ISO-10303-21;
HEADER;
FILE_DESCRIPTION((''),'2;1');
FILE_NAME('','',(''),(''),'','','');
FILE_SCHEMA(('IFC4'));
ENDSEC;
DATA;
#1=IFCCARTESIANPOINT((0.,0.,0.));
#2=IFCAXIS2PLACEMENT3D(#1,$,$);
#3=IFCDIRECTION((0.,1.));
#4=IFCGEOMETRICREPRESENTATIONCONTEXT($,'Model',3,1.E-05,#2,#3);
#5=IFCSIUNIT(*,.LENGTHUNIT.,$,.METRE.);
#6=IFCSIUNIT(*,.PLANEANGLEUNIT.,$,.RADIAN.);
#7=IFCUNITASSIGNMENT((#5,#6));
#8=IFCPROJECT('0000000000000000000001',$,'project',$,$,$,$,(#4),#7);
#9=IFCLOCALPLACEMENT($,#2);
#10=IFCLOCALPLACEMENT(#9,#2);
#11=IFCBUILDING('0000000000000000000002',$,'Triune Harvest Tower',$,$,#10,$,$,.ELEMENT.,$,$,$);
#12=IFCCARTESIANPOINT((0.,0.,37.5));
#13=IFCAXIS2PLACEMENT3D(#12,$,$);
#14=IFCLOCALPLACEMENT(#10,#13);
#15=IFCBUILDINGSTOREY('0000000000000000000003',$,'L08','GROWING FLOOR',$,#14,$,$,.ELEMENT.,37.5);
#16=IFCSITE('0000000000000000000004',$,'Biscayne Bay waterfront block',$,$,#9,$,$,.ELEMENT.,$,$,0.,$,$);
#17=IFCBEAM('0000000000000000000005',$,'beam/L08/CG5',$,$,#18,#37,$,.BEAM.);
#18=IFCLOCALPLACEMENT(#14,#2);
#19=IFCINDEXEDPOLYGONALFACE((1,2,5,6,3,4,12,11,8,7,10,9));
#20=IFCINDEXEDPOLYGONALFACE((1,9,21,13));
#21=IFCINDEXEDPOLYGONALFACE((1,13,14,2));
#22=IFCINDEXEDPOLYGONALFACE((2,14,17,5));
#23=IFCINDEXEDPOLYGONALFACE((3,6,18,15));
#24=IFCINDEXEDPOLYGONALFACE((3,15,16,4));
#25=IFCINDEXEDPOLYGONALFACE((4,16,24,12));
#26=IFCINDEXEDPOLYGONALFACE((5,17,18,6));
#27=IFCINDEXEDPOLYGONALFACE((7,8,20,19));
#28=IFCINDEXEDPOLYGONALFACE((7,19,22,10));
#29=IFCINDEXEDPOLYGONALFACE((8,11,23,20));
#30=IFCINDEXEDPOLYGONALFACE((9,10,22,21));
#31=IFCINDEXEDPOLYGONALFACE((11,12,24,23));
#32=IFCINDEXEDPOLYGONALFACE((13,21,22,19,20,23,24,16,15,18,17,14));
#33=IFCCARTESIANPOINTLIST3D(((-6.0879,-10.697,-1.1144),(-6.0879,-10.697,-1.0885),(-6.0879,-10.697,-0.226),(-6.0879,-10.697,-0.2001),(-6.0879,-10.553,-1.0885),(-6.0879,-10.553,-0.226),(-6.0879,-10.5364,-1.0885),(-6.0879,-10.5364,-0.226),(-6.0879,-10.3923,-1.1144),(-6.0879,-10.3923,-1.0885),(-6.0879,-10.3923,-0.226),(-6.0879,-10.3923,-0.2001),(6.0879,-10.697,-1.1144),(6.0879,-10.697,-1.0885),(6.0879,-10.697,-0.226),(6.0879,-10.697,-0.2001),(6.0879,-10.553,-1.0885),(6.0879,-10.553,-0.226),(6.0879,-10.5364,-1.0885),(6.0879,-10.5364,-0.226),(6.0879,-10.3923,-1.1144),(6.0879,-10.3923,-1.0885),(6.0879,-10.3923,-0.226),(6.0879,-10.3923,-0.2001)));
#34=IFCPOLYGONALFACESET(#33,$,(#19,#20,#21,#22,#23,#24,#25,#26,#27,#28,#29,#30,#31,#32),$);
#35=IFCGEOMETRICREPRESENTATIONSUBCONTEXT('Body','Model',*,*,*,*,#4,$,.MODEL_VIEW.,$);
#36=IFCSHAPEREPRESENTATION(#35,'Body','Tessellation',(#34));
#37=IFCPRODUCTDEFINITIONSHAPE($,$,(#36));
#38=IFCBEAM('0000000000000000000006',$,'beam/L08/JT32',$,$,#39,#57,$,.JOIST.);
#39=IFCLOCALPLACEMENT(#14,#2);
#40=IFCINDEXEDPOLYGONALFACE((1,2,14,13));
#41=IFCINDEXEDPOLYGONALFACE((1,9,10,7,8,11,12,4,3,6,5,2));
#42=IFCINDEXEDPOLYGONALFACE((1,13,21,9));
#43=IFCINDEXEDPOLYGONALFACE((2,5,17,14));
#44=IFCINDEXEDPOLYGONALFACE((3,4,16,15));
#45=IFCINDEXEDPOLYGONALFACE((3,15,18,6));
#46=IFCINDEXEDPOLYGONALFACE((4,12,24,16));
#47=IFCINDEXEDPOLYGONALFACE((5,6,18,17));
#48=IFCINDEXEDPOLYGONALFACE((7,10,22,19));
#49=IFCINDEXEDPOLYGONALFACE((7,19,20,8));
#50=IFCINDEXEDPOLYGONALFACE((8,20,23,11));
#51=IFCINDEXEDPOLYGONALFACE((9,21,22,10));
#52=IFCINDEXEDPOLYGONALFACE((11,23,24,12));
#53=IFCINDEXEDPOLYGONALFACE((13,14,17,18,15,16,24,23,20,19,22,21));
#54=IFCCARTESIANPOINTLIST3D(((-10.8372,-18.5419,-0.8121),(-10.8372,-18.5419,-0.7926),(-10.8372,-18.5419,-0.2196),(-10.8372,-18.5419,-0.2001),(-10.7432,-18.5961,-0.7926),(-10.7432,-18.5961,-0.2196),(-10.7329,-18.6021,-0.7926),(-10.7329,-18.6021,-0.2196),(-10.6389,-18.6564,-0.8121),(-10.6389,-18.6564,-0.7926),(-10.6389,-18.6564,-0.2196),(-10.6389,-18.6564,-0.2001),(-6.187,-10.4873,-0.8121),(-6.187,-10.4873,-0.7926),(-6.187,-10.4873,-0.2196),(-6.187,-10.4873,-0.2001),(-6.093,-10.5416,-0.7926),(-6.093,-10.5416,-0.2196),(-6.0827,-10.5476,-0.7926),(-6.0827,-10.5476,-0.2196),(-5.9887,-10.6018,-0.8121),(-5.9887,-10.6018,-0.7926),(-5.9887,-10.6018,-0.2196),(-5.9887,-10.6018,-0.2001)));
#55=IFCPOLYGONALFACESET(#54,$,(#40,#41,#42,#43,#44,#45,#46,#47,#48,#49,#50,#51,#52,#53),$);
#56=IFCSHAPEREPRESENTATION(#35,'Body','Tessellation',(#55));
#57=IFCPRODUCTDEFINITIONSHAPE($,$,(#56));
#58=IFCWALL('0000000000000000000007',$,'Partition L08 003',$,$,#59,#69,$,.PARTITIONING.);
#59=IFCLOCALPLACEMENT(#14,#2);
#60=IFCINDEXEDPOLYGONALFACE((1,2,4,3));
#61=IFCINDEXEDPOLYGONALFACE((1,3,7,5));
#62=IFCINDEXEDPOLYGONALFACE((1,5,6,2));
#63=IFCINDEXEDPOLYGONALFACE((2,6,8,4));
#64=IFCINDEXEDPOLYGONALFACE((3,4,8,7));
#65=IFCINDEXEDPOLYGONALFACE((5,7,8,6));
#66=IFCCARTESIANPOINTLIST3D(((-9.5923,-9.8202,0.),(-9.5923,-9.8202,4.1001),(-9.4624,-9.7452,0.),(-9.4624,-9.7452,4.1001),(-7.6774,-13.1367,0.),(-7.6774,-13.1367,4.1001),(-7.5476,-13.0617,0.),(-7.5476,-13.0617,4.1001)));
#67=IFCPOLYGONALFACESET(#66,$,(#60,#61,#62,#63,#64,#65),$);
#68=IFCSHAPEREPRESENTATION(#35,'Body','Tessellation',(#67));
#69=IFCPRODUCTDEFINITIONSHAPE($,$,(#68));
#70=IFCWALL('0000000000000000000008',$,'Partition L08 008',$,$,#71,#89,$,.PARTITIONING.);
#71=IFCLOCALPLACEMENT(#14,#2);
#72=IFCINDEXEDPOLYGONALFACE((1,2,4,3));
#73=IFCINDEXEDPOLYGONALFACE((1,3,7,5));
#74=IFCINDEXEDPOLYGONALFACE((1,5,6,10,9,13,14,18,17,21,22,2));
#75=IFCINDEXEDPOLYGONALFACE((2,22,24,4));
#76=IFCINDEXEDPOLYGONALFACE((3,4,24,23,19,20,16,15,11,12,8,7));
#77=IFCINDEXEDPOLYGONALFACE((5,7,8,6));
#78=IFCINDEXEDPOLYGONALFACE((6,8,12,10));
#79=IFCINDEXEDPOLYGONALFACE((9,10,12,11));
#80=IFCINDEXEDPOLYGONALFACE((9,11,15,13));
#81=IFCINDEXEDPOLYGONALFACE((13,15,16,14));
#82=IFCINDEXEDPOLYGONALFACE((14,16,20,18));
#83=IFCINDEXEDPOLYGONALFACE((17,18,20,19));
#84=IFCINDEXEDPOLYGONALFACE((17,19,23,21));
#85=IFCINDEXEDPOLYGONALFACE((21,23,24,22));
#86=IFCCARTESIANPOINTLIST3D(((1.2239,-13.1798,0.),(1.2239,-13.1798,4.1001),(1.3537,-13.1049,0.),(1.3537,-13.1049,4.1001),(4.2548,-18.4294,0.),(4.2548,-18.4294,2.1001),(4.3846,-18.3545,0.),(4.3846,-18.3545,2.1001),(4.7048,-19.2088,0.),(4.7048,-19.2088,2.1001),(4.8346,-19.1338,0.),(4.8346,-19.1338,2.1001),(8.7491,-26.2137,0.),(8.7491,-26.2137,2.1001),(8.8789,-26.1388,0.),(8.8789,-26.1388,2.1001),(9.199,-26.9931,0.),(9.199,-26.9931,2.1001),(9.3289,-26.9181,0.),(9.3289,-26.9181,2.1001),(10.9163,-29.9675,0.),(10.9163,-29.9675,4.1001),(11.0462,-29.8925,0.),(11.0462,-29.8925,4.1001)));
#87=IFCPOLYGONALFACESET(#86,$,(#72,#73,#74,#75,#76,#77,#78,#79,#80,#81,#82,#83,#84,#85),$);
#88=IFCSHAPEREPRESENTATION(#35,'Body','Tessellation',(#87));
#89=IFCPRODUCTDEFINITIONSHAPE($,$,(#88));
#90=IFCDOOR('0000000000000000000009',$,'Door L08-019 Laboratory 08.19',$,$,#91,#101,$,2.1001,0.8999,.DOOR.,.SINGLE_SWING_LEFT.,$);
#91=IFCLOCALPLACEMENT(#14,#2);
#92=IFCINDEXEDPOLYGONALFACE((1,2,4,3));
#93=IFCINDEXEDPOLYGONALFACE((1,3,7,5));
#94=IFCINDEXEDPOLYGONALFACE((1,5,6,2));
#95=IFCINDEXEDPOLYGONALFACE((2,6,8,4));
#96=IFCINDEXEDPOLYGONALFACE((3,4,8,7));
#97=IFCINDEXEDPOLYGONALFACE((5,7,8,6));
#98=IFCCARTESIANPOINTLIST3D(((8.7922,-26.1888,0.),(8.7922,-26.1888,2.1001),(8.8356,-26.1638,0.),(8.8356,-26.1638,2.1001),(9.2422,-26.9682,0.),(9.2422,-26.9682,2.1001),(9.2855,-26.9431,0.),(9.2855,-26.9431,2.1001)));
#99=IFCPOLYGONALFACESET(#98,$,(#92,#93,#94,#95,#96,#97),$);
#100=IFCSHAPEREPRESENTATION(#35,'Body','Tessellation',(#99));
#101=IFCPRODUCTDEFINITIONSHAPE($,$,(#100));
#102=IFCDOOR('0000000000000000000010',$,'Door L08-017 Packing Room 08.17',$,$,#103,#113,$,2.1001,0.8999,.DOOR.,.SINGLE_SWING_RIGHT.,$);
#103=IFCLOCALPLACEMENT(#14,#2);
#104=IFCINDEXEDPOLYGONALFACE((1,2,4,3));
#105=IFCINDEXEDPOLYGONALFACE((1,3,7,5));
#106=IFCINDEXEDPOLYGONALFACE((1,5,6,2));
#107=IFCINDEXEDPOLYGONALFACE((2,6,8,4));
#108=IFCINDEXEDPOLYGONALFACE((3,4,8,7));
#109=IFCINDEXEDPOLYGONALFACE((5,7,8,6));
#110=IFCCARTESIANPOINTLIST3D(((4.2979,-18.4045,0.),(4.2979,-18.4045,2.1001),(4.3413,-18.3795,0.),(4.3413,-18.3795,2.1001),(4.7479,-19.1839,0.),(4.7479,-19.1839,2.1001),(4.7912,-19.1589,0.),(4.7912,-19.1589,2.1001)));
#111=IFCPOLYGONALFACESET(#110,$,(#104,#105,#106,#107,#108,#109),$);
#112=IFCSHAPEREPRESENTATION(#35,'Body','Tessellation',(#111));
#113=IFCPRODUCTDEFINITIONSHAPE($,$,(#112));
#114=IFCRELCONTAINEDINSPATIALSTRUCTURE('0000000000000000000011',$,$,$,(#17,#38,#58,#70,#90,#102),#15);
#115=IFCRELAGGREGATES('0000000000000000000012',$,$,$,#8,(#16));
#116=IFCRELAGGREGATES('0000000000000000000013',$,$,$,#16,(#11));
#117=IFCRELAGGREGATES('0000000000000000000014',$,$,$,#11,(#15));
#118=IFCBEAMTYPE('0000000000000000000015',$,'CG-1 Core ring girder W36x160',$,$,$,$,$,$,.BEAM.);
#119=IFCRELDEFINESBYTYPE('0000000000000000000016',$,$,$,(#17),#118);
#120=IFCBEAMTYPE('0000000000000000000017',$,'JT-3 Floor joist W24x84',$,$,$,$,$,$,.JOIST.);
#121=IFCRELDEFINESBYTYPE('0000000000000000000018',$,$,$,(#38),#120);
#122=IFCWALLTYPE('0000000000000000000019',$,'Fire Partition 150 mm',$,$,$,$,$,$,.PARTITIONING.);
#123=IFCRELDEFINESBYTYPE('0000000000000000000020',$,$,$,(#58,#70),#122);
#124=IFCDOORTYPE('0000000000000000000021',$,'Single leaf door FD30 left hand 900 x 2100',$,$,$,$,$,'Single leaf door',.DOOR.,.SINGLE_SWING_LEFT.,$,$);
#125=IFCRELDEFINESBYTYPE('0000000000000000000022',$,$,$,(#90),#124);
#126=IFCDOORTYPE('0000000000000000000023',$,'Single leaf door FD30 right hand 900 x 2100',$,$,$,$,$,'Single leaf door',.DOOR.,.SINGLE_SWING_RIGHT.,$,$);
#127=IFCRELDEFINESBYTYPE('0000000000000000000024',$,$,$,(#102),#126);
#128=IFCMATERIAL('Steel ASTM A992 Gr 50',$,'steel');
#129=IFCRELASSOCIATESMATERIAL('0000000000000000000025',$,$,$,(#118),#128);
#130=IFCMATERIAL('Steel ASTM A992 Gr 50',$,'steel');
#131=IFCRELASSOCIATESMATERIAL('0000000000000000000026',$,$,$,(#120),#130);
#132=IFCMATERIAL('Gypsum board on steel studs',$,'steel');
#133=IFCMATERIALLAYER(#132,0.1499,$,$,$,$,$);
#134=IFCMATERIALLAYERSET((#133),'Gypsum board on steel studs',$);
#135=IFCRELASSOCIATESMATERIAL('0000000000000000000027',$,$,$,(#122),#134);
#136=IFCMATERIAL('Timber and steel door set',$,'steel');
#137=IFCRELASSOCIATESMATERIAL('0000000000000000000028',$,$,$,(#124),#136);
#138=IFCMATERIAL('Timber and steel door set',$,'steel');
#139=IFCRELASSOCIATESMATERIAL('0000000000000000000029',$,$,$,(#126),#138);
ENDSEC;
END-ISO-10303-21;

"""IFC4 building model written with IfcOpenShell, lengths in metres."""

from ifc_helpers import new_model, si_unit, direction, frame, frame_2d, origin, origin_2d, place, context, subcontext, project, spatial, rectangle, i_section, extrude, source, transform, mapped, material, layer, layer_set, material_profile, profile_set, type_object, element, fill, save


model = new_model("IFC4")

# Units and contexts
model_context = context("Model", 3, precision=1e-05, world=origin(), true_north=direction((0.0, 1.0)))
body_context = subcontext(model_context, "Body", "Model", "MODEL_VIEW")
ifc_project = project(units=[si_unit("LENGTHUNIT", "METRE"), si_unit("PLANEANGLEUNIT", "RADIAN")], contexts=[model_context])

# Site, building, storey
site_placement = place(None, origin())
site = spatial("IfcSite", under=ifc_project, at=site_placement, Name="Biscayne Bay waterfront block", CompositionType="ELEMENT", RefElevation=0.0)
building_placement = place(site_placement, origin())
building = spatial("IfcBuilding", under=site, at=building_placement, Name="Triune Harvest Tower", CompositionType="ELEMENT")
storey_placement = place(building_placement, frame((0.0, 0.0, 37.5)))
storey = spatial("IfcBuildingStorey", under=building, at=storey_placement, Name="L08", Description="GROWING FLOOR", CompositionType="ELEMENT", Elevation=37.5)

# Beams
ifc_material_1 = material(Name="Steel ASTM A992 Gr 50", Category="steel")
ifc_material_profile_1 = material_profile(ifc_material_1, i_section(OverallWidth=0.3047, OverallDepth=0.9143, WebThickness=0.0166, FlangeThickness=0.0259, at=origin_2d()), Name="W36x160")
ifc_profile_set_1 = profile_set([ifc_material_profile_1], Name="Steel ASTM A992 Gr 50")
beam_type_1 = type_object("IfcBeamType", Name="CG-1 Core ring girder W36x160", PredefinedType="BEAM", material=ifc_profile_set_1)
shared_shape_1 = source(origin(), body_context, "Body", "SweptSolid", [
    extrude(i_section(OverallWidth=0.3047, OverallDepth=0.9143, WebThickness=0.0166, FlangeThickness=0.0259, at=origin_2d()), origin(), (0.0, 0.0, 1.0), 12.1758),
])
beam_1_placement = place(storey_placement, frame((-6.0879, -10.5447, -0.6572), z_axis=(1.0, 0.0, 0.0), x_axis=(0.0, 1.0, 0.0)))
element("IfcBeam", 1, at=beam_1_placement, inside=storey, type_object=beam_type_1, Name="beam/L08/CG5", PredefinedType="BEAM", context=body_context, shape_type="MappedRepresentation", body=[
    mapped(shared_shape_1, transform((0.0, 0.0, 0.0), scale=1.0)),
])
ifc_material_2 = material(Name="Steel ASTM A992 Gr 50", Category="steel")
ifc_material_profile_2 = material_profile(ifc_material_2, i_section(OverallWidth=0.229, OverallDepth=0.6121, WebThickness=0.012, FlangeThickness=0.0195, at=origin_2d()), Name="W24x84")
ifc_profile_set_2 = profile_set([ifc_material_profile_2], Name="Steel ASTM A992 Gr 50")
beam_type_2 = type_object("IfcBeamType", Name="JT-3 Floor joist W24x84", PredefinedType="JOIST", material=ifc_profile_set_2)
shared_shape_2 = source(origin(), body_context, "Body", "SweptSolid", [
    extrude(i_section(OverallWidth=0.229, OverallDepth=0.6121, WebThickness=0.012, FlangeThickness=0.0195, at=origin_2d()), origin(), (0.0, 0.0, 1.0), 9.3005),
])
beam_2_placement = place(storey_placement, frame((-10.738, -18.5991, -0.5061), z_axis=(0.499993, 0.86603, 0.0), x_axis=(-0.86603, 0.499993, 0.0)))
element("IfcBeam", 2, at=beam_2_placement, inside=storey, type_object=beam_type_2, Name="beam/L08/JT32", PredefinedType="JOIST", context=body_context, shape_type="MappedRepresentation", body=[
    mapped(shared_shape_2, transform((0.0, 0.0, 0.0), scale=1.0)),
])

# Wall
ifc_material_3 = material(Name="Gypsum board on steel studs", Category="steel")
ifc_layer_1 = layer(ifc_material_3, 0.1499)
ifc_layer_set_1 = layer_set([ifc_layer_1], Name="Gypsum board on steel studs")
wall_type_1 = type_object("IfcWallType", Name="Fire Partition 150 mm", PredefinedType="PARTITIONING", material=ifc_layer_set_1)
wall_1_placement = place(storey_placement, frame((-9.5273, -9.7827, 0.0), z_axis=(0.0, 0.0, 1.0), x_axis=(0.500013, -0.866018, 0.0)))
element("IfcWall", 3, at=wall_1_placement, inside=storey, type_object=wall_type_1, Name="Partition L08 003", PredefinedType="PARTITIONING", context=body_context, shape_type="SweptSolid", body=[
    extrude(rectangle(XDim=3.8296, YDim=0.1499, at=frame_2d((1.9148, 0.0))), origin(), (0.0, 0.0, 1.0), 4.1001),
])

# Wall, openings, doors
wall_2_placement = place(storey_placement, frame((1.2888, -13.1423, 0.0), z_axis=(0.0, 0.0, 1.0), x_axis=(0.500002, -0.866024, 0.0)))
wall_2 = element("IfcWall", 4, at=wall_2_placement, inside=storey, type_object=wall_type_1, Name="Partition L08 008", PredefinedType="PARTITIONING", context=body_context, shape_type="SweptSolid", body=[
    extrude(rectangle(XDim=19.3848, YDim=0.1499, at=frame_2d((9.6924, 0.0))), origin(), (0.0, 0.0, 1.0), 4.1001),
])
opening_1_placement = place(wall_2_placement, frame((6.0618, 0.0, 0.0)))
opening_1 = element("IfcOpeningElement", 5, at=opening_1_placement, cuts=wall_2, PredefinedType="OPENING", context=body_context, shape_type="SweptSolid", body=[
    extrude(rectangle(XDim=0.8999, YDim=2.1001, at=frame_2d((0.45, 1.05))), frame((0.0, 0.085, 0.0), z_axis=(0.0, -1.0, 0.0), x_axis=(1.0, 0.0, 0.0)), (0.0, 0.0, 1.0), 0.1699),
])
opening_2_placement = place(wall_2_placement, frame((15.0503, 0.0, 0.0)))
opening_2 = element("IfcOpeningElement", 6, at=opening_2_placement, cuts=wall_2, PredefinedType="OPENING", context=body_context, shape_type="SweptSolid", body=[
    extrude(rectangle(XDim=0.8999, YDim=2.1001, at=frame_2d((0.45, 1.05))), frame((0.0, 0.085, 0.0), z_axis=(0.0, -1.0, 0.0), x_axis=(1.0, 0.0, 0.0)), (0.0, 0.0, 1.0), 0.1699),
])
ifc_material_4 = material(Name="Timber and steel door set", Category="steel")
door_type_1 = type_object("IfcDoorType", Name="Single leaf door FD30 left hand 900 x 2100", ElementType="Single leaf door", OperationType="SINGLE_SWING_LEFT", PredefinedType="DOOR", material=ifc_material_4)
door_1_placement = place(opening_2_placement, origin())
door_1 = element("IfcDoor", 7, at=door_1_placement, inside=storey, type_object=door_type_1, Name="Door L08-019 Laboratory 08.19", OperationType="SINGLE_SWING_LEFT", OverallHeight=2.1001, OverallWidth=0.8999, PredefinedType="DOOR", context=body_context, shape_type="SweptSolid", body=[
    extrude(rectangle(XDim=0.8999, YDim=2.1001, at=frame_2d((0.45, 1.05))), frame((0.0, 0.0249, 0.0), z_axis=(0.0, -1.0, 0.0), x_axis=(1.0, 0.0, 0.0)), (0.0, 0.0, 1.0), 0.05),
])
fill(opening_2, door_1)
ifc_material_5 = material(Name="Timber and steel door set", Category="steel")
door_type_2 = type_object("IfcDoorType", Name="Single leaf door FD30 right hand 900 x 2100", ElementType="Single leaf door", OperationType="SINGLE_SWING_RIGHT", PredefinedType="DOOR", material=ifc_material_5)
door_2_placement = place(opening_1_placement, origin())
door_2 = element("IfcDoor", 8, at=door_2_placement, inside=storey, type_object=door_type_2, Name="Door L08-017 Packing Room 08.17", OperationType="SINGLE_SWING_RIGHT", OverallHeight=2.1001, OverallWidth=0.8999, PredefinedType="DOOR", context=body_context, shape_type="SweptSolid", body=[
    extrude(rectangle(XDim=0.8999, YDim=2.1001, at=frame_2d((0.45, 1.05))), frame((0.0, 0.0249, 0.0), z_axis=(0.0, -1.0, 0.0), x_axis=(1.0, 0.0, 0.0)), (0.0, 0.0, 1.0), 0.05),
])
fill(opening_1, door_2)

save(model, "model.ifc")
